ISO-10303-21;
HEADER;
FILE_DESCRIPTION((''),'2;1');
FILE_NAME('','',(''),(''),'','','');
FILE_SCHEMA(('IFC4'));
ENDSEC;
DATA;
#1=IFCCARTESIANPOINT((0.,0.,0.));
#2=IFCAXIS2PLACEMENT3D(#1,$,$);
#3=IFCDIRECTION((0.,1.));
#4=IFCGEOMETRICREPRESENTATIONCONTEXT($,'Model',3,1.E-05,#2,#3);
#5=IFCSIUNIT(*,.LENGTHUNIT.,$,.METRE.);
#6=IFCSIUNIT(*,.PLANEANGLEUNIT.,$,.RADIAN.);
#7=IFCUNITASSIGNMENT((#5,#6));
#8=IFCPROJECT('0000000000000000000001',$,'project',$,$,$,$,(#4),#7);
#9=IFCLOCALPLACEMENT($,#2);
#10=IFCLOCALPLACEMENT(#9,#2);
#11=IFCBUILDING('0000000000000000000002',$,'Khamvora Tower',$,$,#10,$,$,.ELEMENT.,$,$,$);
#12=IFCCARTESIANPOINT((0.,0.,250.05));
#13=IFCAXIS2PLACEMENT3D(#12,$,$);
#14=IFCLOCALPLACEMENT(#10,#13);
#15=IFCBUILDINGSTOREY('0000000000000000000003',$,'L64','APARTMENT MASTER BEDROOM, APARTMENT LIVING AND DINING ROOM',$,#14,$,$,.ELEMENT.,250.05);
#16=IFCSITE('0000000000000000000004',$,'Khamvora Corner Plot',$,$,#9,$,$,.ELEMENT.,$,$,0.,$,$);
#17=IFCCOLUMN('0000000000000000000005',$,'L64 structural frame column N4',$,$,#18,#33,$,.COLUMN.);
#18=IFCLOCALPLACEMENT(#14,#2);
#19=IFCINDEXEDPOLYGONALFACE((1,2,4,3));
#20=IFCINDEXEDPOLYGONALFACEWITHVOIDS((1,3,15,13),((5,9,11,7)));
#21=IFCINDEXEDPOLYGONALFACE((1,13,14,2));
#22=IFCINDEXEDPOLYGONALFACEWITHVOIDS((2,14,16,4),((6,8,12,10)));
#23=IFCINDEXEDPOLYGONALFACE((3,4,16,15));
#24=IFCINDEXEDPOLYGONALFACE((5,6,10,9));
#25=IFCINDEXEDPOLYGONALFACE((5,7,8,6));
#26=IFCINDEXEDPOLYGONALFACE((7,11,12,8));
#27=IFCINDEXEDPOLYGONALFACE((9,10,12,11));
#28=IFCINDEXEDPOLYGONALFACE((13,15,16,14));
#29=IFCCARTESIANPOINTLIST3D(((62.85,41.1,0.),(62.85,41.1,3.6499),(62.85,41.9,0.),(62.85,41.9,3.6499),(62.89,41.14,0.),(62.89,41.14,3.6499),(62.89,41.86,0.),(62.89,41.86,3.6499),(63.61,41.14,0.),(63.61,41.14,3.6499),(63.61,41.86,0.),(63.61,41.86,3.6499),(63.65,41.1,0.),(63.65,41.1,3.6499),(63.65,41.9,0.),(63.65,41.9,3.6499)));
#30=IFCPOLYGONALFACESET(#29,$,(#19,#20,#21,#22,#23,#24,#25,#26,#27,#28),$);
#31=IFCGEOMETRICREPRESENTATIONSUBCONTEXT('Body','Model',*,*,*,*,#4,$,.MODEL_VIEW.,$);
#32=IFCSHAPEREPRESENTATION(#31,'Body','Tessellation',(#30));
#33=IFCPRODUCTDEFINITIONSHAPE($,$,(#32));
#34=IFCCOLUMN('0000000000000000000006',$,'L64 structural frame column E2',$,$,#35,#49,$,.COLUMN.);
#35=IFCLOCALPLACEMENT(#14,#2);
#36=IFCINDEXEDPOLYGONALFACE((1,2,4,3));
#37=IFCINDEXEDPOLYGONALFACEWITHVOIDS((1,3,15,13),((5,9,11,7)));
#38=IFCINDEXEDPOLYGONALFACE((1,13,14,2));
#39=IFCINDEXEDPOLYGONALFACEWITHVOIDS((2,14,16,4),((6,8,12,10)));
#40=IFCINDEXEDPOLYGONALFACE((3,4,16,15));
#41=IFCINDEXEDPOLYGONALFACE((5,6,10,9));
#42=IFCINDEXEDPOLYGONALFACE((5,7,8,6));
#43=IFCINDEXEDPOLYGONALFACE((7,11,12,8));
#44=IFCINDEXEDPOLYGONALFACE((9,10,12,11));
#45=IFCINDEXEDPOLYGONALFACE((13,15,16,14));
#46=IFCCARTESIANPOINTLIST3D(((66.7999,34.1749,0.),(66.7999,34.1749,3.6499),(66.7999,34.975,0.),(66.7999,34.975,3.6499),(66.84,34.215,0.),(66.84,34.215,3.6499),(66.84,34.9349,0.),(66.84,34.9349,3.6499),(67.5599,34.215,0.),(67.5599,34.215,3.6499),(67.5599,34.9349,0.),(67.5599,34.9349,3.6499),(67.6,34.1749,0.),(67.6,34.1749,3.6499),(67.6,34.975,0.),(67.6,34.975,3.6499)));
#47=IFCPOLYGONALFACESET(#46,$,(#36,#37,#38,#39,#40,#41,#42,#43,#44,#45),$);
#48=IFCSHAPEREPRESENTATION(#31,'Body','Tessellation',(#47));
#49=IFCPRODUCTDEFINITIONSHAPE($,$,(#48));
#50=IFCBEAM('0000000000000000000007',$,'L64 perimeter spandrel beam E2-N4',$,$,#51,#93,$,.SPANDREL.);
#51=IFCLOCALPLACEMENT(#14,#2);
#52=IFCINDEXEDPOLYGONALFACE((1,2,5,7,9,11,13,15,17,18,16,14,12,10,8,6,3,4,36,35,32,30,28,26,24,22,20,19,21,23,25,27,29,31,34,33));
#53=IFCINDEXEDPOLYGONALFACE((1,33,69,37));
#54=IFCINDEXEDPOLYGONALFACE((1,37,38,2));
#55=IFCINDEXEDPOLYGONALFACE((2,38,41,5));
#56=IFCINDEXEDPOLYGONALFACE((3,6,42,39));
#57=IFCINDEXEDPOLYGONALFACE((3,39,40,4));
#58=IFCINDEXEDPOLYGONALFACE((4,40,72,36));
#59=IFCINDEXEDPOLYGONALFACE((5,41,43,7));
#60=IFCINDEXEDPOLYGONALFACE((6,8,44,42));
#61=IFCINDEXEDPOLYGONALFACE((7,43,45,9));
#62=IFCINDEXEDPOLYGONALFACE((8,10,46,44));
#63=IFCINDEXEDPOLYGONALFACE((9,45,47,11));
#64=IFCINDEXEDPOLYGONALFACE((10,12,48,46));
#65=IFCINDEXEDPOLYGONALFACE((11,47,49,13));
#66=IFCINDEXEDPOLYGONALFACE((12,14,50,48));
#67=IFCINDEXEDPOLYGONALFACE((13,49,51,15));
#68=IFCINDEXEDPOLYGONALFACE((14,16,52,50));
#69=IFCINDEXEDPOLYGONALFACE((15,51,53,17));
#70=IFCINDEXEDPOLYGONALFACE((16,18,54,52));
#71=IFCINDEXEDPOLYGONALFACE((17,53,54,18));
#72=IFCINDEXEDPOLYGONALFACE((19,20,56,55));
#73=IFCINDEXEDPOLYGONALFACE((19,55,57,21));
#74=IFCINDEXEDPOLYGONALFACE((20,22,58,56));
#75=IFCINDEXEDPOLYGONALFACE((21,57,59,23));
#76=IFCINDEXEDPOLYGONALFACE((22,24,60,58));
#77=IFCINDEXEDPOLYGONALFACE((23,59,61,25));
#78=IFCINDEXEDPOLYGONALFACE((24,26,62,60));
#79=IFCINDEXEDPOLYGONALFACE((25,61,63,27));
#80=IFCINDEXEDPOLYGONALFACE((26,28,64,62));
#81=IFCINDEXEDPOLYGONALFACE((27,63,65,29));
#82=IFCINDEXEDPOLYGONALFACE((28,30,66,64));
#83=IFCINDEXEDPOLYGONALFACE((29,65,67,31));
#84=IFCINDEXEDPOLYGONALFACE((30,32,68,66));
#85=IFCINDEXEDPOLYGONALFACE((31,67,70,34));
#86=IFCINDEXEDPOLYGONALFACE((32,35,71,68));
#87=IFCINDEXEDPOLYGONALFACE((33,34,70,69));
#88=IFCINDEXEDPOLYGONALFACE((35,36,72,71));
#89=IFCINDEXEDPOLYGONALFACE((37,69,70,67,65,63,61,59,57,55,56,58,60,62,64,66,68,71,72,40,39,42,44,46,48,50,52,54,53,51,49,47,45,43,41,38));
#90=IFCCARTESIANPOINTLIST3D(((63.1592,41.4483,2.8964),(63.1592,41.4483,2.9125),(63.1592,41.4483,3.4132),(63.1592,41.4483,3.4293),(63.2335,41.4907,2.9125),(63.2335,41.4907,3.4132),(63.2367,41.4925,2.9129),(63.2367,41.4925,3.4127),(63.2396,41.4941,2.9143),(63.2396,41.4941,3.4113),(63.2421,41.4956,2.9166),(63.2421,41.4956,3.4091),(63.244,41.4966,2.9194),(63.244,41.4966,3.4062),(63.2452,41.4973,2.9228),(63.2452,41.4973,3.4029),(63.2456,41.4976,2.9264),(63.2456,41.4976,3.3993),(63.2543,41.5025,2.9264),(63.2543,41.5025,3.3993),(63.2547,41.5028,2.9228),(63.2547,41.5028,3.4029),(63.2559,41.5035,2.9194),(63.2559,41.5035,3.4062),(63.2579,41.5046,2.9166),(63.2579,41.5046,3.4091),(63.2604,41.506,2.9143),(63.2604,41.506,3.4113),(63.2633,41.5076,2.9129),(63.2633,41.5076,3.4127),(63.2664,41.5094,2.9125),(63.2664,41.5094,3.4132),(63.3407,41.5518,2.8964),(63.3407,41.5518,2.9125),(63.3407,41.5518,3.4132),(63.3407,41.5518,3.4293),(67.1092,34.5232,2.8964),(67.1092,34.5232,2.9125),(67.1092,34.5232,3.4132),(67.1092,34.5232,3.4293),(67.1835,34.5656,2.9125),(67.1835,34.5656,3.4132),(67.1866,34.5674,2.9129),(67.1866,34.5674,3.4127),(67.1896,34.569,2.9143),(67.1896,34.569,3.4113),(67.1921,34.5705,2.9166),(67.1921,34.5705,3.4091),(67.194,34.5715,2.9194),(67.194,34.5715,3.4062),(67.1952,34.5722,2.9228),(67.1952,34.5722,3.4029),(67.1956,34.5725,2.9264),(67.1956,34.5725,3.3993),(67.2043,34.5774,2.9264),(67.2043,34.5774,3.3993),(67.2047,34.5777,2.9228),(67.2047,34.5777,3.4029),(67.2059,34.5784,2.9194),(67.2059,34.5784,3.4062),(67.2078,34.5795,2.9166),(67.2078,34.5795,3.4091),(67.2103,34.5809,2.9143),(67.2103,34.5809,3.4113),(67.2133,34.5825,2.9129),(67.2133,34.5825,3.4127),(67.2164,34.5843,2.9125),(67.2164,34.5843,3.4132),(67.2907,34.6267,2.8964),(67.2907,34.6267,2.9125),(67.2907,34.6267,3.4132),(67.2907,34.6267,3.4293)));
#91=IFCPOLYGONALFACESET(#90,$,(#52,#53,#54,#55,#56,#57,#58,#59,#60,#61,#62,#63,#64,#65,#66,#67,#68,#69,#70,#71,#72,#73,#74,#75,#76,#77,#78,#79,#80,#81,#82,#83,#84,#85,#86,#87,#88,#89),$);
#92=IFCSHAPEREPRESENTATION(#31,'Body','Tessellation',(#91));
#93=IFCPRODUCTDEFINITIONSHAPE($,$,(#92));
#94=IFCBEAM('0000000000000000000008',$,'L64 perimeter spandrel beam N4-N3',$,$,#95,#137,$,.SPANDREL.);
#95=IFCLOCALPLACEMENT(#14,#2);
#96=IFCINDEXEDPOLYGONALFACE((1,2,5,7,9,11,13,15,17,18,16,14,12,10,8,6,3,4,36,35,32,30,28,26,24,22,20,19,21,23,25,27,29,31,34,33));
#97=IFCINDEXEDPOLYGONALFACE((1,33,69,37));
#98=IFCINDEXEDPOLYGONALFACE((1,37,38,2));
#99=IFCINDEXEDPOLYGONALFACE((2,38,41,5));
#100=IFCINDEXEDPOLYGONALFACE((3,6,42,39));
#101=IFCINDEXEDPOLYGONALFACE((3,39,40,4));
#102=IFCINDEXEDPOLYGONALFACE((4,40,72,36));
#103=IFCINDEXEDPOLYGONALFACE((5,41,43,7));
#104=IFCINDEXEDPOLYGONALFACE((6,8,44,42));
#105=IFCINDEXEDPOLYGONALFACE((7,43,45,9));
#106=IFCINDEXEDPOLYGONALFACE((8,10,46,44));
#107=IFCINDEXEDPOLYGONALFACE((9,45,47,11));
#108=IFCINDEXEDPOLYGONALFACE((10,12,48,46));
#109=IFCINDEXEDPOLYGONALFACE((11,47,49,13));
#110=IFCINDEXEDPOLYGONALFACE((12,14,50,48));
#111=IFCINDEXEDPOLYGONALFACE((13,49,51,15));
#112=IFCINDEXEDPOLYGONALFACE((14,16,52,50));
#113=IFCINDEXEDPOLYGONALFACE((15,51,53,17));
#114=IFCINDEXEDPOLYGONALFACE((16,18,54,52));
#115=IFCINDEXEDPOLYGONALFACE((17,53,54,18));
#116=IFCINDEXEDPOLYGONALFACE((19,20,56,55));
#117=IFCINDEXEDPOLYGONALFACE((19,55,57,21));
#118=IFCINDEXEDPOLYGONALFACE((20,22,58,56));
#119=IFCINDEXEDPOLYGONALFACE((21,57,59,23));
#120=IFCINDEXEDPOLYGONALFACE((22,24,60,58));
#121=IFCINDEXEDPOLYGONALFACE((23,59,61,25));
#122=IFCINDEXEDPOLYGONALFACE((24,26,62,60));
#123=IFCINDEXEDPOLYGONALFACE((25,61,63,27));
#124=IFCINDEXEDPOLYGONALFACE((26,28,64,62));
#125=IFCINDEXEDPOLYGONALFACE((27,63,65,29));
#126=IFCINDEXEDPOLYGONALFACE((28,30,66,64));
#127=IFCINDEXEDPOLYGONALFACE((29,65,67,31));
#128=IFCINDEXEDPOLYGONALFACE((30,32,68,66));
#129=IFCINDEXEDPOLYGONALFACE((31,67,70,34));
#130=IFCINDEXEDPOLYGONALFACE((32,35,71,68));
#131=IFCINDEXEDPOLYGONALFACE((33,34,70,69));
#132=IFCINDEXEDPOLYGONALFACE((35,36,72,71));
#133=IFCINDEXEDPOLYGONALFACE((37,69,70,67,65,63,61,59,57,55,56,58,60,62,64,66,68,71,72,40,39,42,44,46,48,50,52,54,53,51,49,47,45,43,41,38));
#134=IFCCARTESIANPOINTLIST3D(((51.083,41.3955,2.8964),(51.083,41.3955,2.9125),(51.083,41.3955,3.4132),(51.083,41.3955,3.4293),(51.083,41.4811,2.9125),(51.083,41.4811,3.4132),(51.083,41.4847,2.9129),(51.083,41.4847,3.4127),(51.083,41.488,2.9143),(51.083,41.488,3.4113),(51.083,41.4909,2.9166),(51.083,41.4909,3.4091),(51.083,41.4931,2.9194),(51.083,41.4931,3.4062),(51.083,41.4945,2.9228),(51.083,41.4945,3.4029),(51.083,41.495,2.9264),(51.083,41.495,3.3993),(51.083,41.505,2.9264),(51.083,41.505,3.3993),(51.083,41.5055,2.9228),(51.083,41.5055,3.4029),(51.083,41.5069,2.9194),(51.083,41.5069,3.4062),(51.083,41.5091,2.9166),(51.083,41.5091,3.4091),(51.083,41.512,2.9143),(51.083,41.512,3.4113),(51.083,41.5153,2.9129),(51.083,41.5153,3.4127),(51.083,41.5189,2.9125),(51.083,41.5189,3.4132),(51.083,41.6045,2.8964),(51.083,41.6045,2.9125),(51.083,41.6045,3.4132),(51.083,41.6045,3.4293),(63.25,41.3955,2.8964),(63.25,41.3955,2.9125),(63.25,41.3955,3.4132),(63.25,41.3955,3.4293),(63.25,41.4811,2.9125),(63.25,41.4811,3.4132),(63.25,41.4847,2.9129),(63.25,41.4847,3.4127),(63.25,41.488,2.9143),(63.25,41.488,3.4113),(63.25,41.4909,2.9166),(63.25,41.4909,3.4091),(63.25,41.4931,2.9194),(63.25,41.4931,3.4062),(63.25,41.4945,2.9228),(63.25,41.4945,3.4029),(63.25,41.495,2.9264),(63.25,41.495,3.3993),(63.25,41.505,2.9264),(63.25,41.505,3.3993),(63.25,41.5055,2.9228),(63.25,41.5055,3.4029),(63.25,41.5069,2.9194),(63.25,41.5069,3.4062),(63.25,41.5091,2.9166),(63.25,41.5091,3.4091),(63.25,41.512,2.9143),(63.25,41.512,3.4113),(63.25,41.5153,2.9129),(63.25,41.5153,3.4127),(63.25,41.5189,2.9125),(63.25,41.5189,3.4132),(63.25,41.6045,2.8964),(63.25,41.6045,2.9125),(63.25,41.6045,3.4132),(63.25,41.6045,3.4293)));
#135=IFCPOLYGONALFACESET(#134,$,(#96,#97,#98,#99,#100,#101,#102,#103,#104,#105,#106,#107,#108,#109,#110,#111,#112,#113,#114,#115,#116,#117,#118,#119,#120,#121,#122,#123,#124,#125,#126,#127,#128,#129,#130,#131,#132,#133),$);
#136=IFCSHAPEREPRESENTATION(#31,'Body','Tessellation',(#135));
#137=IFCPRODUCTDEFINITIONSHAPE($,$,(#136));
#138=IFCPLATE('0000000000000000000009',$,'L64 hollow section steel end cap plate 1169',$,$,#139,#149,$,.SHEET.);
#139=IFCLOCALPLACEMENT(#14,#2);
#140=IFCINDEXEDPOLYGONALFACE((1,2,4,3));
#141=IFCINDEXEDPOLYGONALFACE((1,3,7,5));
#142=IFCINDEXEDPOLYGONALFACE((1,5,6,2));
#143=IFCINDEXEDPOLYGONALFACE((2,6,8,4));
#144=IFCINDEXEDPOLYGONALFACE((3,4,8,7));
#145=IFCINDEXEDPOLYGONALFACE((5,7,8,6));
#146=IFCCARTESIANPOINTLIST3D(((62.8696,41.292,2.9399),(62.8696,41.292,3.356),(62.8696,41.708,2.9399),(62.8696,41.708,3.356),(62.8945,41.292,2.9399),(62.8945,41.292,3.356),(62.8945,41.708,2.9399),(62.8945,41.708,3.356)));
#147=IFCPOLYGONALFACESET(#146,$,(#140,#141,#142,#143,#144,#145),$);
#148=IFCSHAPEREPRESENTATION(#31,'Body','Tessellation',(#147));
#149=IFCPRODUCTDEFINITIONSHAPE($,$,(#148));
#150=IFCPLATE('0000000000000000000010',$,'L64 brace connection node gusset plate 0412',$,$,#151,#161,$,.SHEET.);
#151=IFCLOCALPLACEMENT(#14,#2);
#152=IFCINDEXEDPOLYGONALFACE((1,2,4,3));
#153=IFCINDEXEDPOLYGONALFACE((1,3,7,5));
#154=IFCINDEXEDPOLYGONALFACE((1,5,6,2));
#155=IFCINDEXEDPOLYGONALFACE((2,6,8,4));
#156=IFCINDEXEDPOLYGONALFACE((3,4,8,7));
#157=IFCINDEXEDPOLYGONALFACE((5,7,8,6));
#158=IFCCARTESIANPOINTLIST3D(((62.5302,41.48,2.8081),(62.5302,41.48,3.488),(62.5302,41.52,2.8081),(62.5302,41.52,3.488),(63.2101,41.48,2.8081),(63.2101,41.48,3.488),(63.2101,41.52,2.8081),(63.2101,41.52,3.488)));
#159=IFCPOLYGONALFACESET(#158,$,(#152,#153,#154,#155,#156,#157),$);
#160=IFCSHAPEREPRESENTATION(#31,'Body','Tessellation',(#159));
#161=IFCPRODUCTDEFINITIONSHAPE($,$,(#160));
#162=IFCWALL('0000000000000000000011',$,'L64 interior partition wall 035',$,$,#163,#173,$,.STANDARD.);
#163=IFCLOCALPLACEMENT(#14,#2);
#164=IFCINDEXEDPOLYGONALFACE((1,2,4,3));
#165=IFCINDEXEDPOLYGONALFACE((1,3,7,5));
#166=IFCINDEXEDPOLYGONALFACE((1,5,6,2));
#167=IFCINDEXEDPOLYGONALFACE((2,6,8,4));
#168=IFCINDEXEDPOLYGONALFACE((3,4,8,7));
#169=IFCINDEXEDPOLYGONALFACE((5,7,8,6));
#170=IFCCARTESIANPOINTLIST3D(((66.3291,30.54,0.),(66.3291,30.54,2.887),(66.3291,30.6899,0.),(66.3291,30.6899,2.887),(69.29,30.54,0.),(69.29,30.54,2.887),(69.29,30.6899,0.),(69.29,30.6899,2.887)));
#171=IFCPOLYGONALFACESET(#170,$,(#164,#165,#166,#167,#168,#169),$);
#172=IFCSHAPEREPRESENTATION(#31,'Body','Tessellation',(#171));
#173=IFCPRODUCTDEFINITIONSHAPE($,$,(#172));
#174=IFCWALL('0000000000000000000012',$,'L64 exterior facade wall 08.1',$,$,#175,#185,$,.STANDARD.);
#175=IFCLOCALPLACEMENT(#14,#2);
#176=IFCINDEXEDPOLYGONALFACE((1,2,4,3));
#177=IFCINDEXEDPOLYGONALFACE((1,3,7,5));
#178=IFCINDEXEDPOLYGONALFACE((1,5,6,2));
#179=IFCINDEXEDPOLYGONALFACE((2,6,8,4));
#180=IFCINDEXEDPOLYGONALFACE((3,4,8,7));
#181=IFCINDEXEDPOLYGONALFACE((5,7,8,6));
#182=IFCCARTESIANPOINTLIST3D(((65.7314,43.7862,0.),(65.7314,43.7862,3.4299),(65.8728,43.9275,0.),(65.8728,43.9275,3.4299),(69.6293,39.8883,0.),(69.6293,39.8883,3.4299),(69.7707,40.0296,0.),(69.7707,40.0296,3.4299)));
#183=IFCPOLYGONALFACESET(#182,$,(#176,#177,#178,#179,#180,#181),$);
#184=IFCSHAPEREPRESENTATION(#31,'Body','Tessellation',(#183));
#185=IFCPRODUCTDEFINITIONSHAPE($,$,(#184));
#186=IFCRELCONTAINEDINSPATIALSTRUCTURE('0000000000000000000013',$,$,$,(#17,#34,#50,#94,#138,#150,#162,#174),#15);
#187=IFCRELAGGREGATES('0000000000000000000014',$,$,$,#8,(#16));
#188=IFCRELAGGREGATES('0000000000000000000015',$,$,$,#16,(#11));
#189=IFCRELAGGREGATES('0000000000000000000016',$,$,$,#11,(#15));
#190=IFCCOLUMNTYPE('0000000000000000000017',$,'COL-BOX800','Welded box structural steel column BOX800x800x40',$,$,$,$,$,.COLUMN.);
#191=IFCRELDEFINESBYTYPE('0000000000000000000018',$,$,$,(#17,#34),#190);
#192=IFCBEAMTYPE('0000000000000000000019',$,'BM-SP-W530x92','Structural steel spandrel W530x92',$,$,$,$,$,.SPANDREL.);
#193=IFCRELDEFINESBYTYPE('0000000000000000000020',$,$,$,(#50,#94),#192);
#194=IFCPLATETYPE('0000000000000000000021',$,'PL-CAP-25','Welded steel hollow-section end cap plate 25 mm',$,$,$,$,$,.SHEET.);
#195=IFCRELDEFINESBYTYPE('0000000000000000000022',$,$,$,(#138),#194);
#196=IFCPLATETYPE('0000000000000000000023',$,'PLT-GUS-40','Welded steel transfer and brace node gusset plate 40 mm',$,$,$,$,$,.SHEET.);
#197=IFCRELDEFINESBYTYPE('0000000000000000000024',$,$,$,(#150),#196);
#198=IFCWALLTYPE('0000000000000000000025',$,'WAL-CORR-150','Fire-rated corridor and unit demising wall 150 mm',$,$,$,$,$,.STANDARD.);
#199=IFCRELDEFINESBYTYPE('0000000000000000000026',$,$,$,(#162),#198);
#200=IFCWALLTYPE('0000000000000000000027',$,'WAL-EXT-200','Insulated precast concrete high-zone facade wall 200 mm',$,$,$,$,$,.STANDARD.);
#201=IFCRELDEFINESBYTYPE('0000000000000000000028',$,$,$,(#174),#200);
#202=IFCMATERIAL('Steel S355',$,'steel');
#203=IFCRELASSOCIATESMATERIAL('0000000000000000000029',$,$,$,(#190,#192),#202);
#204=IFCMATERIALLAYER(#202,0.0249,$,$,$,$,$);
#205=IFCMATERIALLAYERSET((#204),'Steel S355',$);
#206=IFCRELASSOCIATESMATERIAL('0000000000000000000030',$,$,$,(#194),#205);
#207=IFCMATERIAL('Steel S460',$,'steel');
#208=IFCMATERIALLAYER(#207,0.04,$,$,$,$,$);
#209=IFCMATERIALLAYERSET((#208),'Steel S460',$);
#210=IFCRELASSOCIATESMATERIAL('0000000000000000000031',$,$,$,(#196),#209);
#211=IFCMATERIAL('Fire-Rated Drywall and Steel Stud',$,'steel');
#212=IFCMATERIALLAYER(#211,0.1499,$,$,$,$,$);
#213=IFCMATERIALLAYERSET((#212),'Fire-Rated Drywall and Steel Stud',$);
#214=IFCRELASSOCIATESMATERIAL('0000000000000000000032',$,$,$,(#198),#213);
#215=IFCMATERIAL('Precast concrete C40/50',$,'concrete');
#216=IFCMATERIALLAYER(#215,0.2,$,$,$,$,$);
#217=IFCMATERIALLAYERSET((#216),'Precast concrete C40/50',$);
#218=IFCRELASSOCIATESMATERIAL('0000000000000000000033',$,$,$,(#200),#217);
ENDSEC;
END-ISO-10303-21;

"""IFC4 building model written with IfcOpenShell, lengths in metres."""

from ifc_helpers import new_model, si_unit, direction, frame, frame_2d, origin, origin_2d, place, context, subcontext, project, spatial, rectangle, hollow_rectangle, i_section, extrude, material, layer, layer_set, material_profile, profile_set, type_object, element, save


model = new_model("IFC4")

# Units and contexts
model_context = context("Model", 3, precision=1e-05, world=origin(), true_north=direction((0.0, 1.0)))
body_context = subcontext(model_context, "Body", "Model", "MODEL_VIEW")
ifc_project = project(units=[si_unit("LENGTHUNIT", "METRE"), si_unit("PLANEANGLEUNIT", "RADIAN")], contexts=[model_context])

# Site, building, storey
site_placement = place(None, origin())
site = spatial("IfcSite", under=ifc_project, at=site_placement, Name="Khamvora Corner Plot", CompositionType="ELEMENT", RefElevation=0.0)
building_placement = place(site_placement, origin())
building = spatial("IfcBuilding", under=site, at=building_placement, Name="Khamvora Tower", CompositionType="ELEMENT")
storey_placement = place(building_placement, frame((0.0, 0.0, 250.05)))
storey = spatial("IfcBuildingStorey", under=building, at=storey_placement, Name="L64", Description="APARTMENT MASTER BEDROOM, APARTMENT LIVING AND DINING ROOM", CompositionType="ELEMENT", Elevation=250.05)

# Columns
ifc_material_1 = material(Name="Steel S355", Category="steel")
ifc_material_profile_1 = material_profile(ifc_material_1, hollow_rectangle(XDim=0.8, YDim=0.8, WallThickness=0.04, at=origin_2d()), Name="BOX800x800x40")
ifc_profile_set_1 = profile_set([ifc_material_profile_1], Name="Steel S355")
column_type = type_object("IfcColumnType", Name="COL-BOX800", Description="Welded box structural steel column BOX800x800x40", PredefinedType="COLUMN", material=ifc_profile_set_1)
for number, where, z_axis, x_axis, name in (
    (1, (63.25, 41.5, 0.0), (0.0, 0.0, 1.0), (1.0, 0.0, 0.0), "L64 structural frame column N4"),
    (2, (67.2, 34.575, 0.0), (0.0, 0.0, 1.0), (1.0, 0.0, 0.0), "L64 structural frame column E2"),
):
    element("IfcColumn", number, at=place(storey_placement, frame(where, z_axis=z_axis, x_axis=x_axis)), inside=storey, type_object=column_type, Name=name, PredefinedType="COLUMN", context=body_context, shape_type="SweptSolid", body=[
        extrude(hollow_rectangle(XDim=0.8, YDim=0.8, WallThickness=0.04, at=origin_2d()), origin(), (0.0, 0.0, 1.0), 3.6499),
    ])

# Beams
ifc_material_profile_2 = material_profile(ifc_material_1, i_section(OverallWidth=0.209, OverallDepth=0.533, WebThickness=0.01, FlangeThickness=0.0161, FilletRadius=0.0139, at=origin_2d()), Name="W530x92")
ifc_profile_set_2 = profile_set([ifc_material_profile_2], Name="Steel S355")
beam_type = type_object("IfcBeamType", Name="BM-SP-W530x92", Description="Structural steel spandrel W530x92", PredefinedType="SPANDREL", material=ifc_profile_set_2)
beam_1_placement = place(storey_placement, frame((67.2, 34.575, 3.1628), z_axis=(-0.495456, 0.868633, 0.0), x_axis=(-0.868633, -0.495456, 0.0)))
element("IfcBeam", 3, at=beam_1_placement, inside=storey, type_object=beam_type, Name="L64 perimeter spandrel beam E2-N4", PredefinedType="SPANDREL", context=body_context, shape_type="SweptSolid", body=[
    extrude(i_section(OverallWidth=0.209, OverallDepth=0.533, WebThickness=0.01, FlangeThickness=0.0161, FilletRadius=0.0139, at=origin_2d()), origin(), (0.0, 0.0, 1.0), 7.9724),
])
beam_2_placement = place(storey_placement, frame((63.25, 41.5, 3.1628), z_axis=(-1.0, 0.0, 0.0), x_axis=(0.0, -1.0, 0.0)))
element("IfcBeam", 4, at=beam_2_placement, inside=storey, type_object=beam_type, Name="L64 perimeter spandrel beam N4-N3", PredefinedType="SPANDREL", context=body_context, shape_type="SweptSolid", body=[
    extrude(i_section(OverallWidth=0.209, OverallDepth=0.533, WebThickness=0.01, FlangeThickness=0.0161, FilletRadius=0.0139, at=origin_2d()), origin(), (0.0, 0.0, 1.0), 12.167),
])

# Plates
ifc_layer_1 = layer(ifc_material_1, 0.0249)
ifc_layer_set_1 = layer_set([ifc_layer_1], Name="Steel S355")
plate_type_1 = type_object("IfcPlateType", Name="PL-CAP-25", Description="Welded steel hollow-section end cap plate 25 mm", PredefinedType="SHEET", material=ifc_layer_set_1)
plate_1_placement = place(storey_placement, frame((62.8821, 41.5, 2.9399), z_axis=(0.0, 0.0, 1.0), x_axis=(1.0, 0.0, 0.0)))
element("IfcPlate", 5, at=plate_1_placement, inside=storey, type_object=plate_type_1, Name="L64 hollow section steel end cap plate 1169", PredefinedType="SHEET", context=body_context, shape_type="SweptSolid", body=[
    extrude(rectangle(XDim=0.0249, YDim=0.416, at=origin_2d()), origin(), (0.0, 0.0, 1.0), 0.416),
])
ifc_material_2 = material(Name="Steel S460", Category="steel")
ifc_layer_2 = layer(ifc_material_2, 0.04)
ifc_layer_set_2 = layer_set([ifc_layer_2], Name="Steel S460")
plate_type_2 = type_object("IfcPlateType", Name="PLT-GUS-40", Description="Welded steel transfer and brace node gusset plate 40 mm", PredefinedType="SHEET", material=ifc_layer_set_2)
plate_2_placement = place(storey_placement, frame((62.8701, 41.5, 2.8081), z_axis=(0.0, 0.0, 1.0), x_axis=(1.0, 0.0, 0.0)))
element("IfcPlate", 6, at=plate_2_placement, inside=storey, type_object=plate_type_2, Name="L64 brace connection node gusset plate 0412", PredefinedType="SHEET", context=body_context, shape_type="SweptSolid", body=[
    extrude(rectangle(XDim=0.6799, YDim=0.04, at=origin_2d()), origin(), (0.0, 0.0, 1.0), 0.6799),
])

# Walls
ifc_material_3 = material(Name="Fire-Rated Drywall and Steel Stud", Category="steel")
ifc_layer_3 = layer(ifc_material_3, 0.1499)
ifc_layer_set_3 = layer_set([ifc_layer_3], Name="Fire-Rated Drywall and Steel Stud")
wall_type_1 = type_object("IfcWallType", Name="WAL-CORR-150", Description="Fire-rated corridor and unit demising wall 150 mm", PredefinedType="STANDARD", material=ifc_layer_set_3)
wall_1_placement = place(storey_placement, frame((66.3291, 30.615, 0.0), z_axis=(0.0, 0.0, 1.0), x_axis=(1.0, 0.0, 0.0)))
element("IfcWall", 7, at=wall_1_placement, inside=storey, type_object=wall_type_1, Name="L64 interior partition wall 035", PredefinedType="STANDARD", context=body_context, shape_type="SweptSolid", body=[
    extrude(rectangle(XDim=2.9609, YDim=0.1499, at=frame_2d((1.4805, 0.0))), origin(), (0.0, 0.0, 1.0), 2.887),
])
ifc_material_4 = material(Name="Precast concrete C40/50", Category="concrete")
ifc_layer_4 = layer(ifc_material_4, 0.2)
ifc_layer_set_4 = layer_set([ifc_layer_4], Name="Precast concrete C40/50")
wall_type_2 = type_object("IfcWallType", Name="WAL-EXT-200", Description="Insulated precast concrete high-zone facade wall 200 mm", PredefinedType="STANDARD", material=ifc_layer_set_4)
wall_2_placement = place(storey_placement, frame((65.802, 43.8569, 0.0), z_axis=(0.0, 0.0, 1.0), x_axis=(0.707107, -0.707107, 0.0)))
element("IfcWall", 8, at=wall_2_placement, inside=storey, type_object=wall_type_2, Name="L64 exterior facade wall 08.1", PredefinedType="STANDARD", context=body_context, shape_type="SweptSolid", body=[
    extrude(rectangle(XDim=5.5125, YDim=0.2, at=frame_2d((2.7563, 0.0))), origin(), (0.0, 0.0, 1.0), 3.4299),
])

save(model, "model.ifc")
